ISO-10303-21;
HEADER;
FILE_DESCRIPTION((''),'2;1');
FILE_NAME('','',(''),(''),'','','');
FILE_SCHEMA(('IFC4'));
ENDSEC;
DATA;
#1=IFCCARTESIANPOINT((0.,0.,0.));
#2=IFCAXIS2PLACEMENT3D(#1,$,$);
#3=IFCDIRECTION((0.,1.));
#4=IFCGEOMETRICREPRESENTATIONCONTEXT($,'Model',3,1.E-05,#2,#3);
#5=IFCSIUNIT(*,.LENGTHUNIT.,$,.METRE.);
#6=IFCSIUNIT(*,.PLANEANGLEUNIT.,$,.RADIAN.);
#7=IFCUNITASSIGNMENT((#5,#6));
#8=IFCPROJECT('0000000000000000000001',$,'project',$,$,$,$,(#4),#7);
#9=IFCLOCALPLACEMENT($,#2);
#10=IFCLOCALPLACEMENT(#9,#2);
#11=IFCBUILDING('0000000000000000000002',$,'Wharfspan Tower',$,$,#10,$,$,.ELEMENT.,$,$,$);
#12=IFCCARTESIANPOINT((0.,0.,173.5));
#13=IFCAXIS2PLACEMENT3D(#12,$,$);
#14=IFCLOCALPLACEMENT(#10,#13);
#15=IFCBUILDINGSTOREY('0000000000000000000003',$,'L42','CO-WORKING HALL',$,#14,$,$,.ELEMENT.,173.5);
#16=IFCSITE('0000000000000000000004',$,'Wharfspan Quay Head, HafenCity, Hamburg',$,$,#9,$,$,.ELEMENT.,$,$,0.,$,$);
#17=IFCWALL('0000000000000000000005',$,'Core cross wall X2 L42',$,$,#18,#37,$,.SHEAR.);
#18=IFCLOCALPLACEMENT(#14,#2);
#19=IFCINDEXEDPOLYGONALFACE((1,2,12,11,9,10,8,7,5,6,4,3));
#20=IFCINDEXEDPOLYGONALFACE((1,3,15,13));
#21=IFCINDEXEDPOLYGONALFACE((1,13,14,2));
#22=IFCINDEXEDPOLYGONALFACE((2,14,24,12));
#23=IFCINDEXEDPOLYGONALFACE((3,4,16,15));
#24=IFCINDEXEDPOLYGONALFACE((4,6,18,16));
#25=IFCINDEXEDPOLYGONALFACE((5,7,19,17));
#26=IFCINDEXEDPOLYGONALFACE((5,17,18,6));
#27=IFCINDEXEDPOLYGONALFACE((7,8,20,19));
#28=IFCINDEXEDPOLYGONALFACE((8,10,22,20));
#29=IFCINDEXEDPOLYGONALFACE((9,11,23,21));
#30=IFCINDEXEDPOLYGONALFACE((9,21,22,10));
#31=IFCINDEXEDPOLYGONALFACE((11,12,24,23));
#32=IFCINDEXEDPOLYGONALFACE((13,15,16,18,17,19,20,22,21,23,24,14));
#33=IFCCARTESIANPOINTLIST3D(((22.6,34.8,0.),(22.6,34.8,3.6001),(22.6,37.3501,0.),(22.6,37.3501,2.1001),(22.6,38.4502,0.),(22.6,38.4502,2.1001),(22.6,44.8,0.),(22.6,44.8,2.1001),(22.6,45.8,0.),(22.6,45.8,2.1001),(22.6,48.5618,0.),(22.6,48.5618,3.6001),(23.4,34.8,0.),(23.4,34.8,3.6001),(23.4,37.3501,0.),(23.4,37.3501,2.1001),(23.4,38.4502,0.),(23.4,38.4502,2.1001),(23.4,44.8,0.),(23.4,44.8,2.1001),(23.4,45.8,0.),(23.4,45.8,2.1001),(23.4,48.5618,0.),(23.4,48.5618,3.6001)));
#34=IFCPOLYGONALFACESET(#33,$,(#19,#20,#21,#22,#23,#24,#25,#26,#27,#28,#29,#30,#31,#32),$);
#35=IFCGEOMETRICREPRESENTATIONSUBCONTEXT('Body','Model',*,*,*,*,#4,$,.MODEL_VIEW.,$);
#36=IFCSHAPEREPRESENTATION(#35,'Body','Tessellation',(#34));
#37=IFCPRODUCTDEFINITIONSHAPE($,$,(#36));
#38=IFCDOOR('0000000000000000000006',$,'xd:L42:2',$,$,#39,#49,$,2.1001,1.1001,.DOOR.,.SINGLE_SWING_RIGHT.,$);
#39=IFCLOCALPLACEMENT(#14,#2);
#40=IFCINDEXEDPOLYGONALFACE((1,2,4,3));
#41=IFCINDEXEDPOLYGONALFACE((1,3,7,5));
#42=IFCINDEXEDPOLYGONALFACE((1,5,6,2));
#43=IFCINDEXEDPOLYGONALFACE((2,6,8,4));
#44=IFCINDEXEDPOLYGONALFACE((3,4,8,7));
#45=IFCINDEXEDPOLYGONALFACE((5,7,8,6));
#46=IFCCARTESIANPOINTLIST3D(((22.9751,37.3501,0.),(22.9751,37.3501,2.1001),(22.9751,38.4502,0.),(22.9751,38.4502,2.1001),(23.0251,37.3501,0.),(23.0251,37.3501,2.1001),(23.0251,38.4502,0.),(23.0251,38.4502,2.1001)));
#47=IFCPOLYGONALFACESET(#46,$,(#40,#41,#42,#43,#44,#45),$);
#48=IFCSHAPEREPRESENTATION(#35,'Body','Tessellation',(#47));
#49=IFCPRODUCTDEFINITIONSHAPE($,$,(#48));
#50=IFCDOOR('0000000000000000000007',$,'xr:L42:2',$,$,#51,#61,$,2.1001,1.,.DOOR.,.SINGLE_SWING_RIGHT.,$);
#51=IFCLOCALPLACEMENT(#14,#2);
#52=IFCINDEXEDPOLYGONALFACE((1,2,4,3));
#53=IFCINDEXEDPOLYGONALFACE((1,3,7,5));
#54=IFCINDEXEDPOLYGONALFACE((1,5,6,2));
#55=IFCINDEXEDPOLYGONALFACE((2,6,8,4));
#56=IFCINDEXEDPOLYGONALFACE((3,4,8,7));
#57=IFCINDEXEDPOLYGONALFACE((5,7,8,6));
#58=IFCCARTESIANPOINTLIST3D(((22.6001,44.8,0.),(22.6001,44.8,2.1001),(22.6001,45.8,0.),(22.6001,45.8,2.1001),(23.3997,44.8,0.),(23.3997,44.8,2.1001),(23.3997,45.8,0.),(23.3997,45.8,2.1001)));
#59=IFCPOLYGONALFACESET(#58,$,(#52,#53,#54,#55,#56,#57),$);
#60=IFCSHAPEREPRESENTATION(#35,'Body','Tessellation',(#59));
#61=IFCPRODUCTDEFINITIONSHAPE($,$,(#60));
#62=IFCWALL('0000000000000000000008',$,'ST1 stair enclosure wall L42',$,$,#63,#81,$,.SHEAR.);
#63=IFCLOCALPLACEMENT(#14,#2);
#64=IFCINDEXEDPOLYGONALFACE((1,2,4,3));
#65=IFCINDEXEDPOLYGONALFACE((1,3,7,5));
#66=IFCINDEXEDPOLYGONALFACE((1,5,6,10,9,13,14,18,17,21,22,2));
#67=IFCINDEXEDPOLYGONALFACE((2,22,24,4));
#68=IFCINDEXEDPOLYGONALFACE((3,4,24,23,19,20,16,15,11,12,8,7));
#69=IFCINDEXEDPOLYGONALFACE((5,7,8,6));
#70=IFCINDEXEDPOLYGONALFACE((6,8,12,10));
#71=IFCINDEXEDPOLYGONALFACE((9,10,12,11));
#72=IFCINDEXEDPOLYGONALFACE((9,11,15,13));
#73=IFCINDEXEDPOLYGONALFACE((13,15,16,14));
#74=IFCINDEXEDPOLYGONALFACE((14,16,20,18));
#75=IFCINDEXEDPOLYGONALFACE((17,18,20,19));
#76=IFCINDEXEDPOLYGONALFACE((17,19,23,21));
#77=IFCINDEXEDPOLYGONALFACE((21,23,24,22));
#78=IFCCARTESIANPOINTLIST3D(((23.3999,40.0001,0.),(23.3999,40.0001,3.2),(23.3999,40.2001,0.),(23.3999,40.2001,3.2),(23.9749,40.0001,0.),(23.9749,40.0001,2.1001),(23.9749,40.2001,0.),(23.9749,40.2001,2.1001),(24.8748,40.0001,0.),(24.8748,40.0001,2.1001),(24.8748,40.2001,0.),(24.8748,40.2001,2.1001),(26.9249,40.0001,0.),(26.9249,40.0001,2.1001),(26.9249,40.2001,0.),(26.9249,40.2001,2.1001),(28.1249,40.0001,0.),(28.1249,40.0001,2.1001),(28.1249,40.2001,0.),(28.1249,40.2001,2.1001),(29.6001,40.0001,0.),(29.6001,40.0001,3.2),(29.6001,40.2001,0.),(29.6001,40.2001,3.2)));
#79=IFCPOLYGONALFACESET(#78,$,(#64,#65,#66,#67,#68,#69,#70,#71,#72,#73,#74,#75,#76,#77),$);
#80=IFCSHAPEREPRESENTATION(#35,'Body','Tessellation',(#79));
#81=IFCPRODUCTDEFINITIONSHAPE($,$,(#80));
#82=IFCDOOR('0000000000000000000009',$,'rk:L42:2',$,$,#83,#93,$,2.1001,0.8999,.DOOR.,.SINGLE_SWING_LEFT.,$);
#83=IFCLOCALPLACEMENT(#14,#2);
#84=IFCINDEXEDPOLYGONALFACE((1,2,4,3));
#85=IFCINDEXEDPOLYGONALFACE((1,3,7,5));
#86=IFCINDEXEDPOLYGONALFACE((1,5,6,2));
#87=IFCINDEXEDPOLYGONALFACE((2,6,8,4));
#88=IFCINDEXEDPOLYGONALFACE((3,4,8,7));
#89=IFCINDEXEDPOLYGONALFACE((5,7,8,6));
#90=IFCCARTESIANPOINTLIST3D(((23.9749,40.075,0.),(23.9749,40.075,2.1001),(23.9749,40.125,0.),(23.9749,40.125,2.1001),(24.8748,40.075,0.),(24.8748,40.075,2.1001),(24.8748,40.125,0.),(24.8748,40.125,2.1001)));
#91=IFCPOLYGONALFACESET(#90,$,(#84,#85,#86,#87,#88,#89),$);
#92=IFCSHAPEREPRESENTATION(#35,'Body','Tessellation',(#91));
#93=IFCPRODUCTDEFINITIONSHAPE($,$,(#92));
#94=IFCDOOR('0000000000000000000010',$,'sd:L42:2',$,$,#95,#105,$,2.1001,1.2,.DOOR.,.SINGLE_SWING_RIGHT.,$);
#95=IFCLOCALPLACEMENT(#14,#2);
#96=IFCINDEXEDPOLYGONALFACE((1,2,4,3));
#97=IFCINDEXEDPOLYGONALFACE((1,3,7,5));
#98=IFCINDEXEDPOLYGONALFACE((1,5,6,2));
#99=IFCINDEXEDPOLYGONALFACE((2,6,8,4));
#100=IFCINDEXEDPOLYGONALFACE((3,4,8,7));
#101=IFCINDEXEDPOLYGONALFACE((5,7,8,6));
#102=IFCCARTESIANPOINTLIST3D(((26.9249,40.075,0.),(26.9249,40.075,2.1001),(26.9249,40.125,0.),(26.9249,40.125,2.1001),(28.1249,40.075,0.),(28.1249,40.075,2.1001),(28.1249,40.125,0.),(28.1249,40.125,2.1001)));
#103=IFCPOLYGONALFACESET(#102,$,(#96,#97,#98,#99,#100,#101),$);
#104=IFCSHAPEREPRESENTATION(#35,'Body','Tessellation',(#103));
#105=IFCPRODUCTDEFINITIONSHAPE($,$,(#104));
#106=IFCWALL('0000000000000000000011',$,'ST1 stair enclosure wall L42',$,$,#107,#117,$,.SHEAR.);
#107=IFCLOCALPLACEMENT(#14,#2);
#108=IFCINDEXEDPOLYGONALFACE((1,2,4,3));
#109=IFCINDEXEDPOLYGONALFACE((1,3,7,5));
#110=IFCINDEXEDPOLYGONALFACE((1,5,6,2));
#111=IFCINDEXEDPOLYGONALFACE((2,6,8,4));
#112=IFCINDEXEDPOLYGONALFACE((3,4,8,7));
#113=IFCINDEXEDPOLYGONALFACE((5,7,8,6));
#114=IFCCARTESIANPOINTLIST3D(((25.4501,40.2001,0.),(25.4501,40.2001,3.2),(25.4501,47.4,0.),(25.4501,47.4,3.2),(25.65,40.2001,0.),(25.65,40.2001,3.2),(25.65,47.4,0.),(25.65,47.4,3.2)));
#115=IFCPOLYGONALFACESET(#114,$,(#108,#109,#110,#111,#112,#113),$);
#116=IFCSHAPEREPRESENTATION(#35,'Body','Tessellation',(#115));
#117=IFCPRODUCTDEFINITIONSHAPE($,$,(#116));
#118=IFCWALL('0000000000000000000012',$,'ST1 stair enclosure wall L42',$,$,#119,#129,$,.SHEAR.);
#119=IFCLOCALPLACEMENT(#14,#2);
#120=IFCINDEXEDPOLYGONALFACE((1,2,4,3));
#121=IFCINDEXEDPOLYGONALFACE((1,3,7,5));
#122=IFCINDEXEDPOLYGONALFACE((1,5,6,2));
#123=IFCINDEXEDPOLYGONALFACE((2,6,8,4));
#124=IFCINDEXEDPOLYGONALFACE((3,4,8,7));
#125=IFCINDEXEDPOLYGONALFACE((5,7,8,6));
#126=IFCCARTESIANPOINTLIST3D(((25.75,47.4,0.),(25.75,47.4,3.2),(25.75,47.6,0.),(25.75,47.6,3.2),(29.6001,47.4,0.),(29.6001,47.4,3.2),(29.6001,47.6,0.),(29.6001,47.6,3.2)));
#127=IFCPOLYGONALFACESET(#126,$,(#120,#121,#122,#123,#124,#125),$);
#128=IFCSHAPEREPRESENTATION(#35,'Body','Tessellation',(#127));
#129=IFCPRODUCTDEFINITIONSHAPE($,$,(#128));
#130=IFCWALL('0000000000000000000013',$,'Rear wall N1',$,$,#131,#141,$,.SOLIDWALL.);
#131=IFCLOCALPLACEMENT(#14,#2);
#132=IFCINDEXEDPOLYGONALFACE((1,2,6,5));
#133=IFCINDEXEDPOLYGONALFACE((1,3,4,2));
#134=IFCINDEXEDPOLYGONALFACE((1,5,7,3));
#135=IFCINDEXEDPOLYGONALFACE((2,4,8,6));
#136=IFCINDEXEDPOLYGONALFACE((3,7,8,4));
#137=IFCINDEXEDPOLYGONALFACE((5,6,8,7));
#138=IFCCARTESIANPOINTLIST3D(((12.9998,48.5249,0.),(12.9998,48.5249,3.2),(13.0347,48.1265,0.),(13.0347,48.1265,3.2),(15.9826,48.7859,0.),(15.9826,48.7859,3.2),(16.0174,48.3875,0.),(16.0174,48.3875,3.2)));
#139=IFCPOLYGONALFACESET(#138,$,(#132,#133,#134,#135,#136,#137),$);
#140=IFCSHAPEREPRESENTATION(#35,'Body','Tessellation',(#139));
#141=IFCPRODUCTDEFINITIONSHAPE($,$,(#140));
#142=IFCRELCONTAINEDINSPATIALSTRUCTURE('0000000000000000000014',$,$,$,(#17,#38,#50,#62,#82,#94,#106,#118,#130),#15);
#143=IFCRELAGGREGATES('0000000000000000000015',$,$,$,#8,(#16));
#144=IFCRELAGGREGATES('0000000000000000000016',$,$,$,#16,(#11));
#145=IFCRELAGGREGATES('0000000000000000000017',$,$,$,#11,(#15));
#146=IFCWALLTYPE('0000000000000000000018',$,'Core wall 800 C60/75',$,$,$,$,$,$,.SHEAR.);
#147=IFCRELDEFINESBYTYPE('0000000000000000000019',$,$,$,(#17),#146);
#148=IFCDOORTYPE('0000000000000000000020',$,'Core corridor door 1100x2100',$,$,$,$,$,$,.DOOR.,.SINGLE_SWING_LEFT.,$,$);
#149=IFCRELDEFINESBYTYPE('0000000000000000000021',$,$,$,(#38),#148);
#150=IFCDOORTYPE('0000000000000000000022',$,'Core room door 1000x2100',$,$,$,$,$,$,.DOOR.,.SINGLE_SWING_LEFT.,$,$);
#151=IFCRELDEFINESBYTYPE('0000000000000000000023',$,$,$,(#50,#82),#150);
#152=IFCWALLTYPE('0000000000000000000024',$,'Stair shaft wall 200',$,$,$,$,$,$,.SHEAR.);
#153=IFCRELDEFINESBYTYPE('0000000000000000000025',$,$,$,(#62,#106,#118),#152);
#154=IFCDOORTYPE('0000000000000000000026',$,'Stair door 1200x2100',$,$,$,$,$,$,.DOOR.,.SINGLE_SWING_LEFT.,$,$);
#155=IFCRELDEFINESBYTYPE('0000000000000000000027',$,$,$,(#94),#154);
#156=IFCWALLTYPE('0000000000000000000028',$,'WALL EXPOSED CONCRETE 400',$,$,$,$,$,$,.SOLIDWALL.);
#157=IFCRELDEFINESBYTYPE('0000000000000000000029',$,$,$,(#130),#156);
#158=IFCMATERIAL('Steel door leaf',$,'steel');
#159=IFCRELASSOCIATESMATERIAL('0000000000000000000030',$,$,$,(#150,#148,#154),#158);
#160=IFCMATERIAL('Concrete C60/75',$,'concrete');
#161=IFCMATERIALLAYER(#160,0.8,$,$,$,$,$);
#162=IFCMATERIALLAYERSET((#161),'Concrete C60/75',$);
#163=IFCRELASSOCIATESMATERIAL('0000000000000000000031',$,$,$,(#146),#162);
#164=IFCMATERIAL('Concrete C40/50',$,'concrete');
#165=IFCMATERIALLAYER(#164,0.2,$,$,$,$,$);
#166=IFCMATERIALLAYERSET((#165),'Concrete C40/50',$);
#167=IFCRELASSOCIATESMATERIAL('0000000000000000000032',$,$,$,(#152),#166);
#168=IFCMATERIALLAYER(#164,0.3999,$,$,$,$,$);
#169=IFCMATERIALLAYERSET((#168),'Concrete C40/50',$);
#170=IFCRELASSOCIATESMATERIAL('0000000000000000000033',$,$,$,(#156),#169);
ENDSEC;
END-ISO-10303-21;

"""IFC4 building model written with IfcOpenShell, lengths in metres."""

from ifc_helpers import new_model, si_unit, direction, frame, frame_2d, origin, place, context, subcontext, project, spatial, rectangle, extrude, material, layer, layer_set, type_object, element, fill, save


model = new_model("IFC4")

# Units and contexts
model_context = context("Model", 3, precision=1e-05, world=origin(), true_north=direction((0.0, 1.0)))
body_context = subcontext(model_context, "Body", "Model", "MODEL_VIEW")
ifc_project = project(units=[si_unit("LENGTHUNIT", "METRE"), si_unit("PLANEANGLEUNIT", "RADIAN")], contexts=[model_context])

# Site, building, storey
site_placement = place(None, origin())
site = spatial("IfcSite", under=ifc_project, at=site_placement, Name="Wharfspan Quay Head, HafenCity, Hamburg", CompositionType="ELEMENT", RefElevation=0.0)
building_placement = place(site_placement, origin())
building = spatial("IfcBuilding", under=site, at=building_placement, Name="Wharfspan Tower", CompositionType="ELEMENT")
storey_placement = place(building_placement, frame((0.0, 0.0, 173.5)))
storey = spatial("IfcBuildingStorey", under=building, at=storey_placement, Name="L42", Description="CO-WORKING HALL", CompositionType="ELEMENT", Elevation=173.5)

# Shared definitions
ifc_material_1 = material(Name="Steel door leaf", Category="steel")
door_type_1 = type_object("IfcDoorType", Name="Core room door 1000x2100", OperationType="SINGLE_SWING_LEFT", PredefinedType="DOOR", material=ifc_material_1)

# Shared definitions
ifc_material_2 = material(Name="Concrete C60/75", Category="concrete")
ifc_layer_1 = layer(ifc_material_2, 0.8)
ifc_layer_set_1 = layer_set([ifc_layer_1], Name="Concrete C60/75")
wall_type_1 = type_object("IfcWallType", Name="Core wall 800 C60/75", PredefinedType="SHEAR", material=ifc_layer_set_1)

# Walls, openings, doors
wall_1_placement = place(storey_placement, frame((23.0, 34.8, 0.0), z_axis=(0.0, 0.0, 1.0), x_axis=(0.0, 1.0, 0.0)))
wall_1 = element("IfcWall", 1, at=wall_1_placement, inside=storey, type_object=wall_type_1, Name="Core cross wall X2 L42", PredefinedType="SHEAR", context=body_context, shape_type="SweptSolid", body=[
    extrude(rectangle(XDim=13.7617, YDim=0.8, at=frame_2d((6.8809, 0.0))), origin(), (0.0, 0.0, 1.0), 3.6001),
])
opening_1_placement = place(wall_1_placement, frame((2.55, 0.0, 0.0)))
opening_1 = element("IfcOpeningElement", 2, at=opening_1_placement, cuts=wall_1, PredefinedType="OPENING", context=body_context, shape_type="SweptSolid", body=[
    extrude(rectangle(XDim=1.1001, YDim=2.1001, at=frame_2d((0.55, 1.05))), frame((0.0, 0.4099, 0.0), z_axis=(0.0, -1.0, 0.0), x_axis=(1.0, 0.0, 0.0)), (0.0, 0.0, 1.0), 0.8201),
])
opening_2_placement = place(wall_1_placement, frame((10.0, 0.0, 0.0)))
opening_2 = element("IfcOpeningElement", 3, at=opening_2_placement, cuts=wall_1, PredefinedType="OPENING", context=body_context, shape_type="SweptSolid", body=[
    extrude(rectangle(XDim=1.0, YDim=2.1001, at=frame_2d((0.5, 1.05))), frame((0.0, 0.4099, 0.0), z_axis=(0.0, -1.0, 0.0), x_axis=(1.0, 0.0, 0.0)), (0.0, 0.0, 1.0), 0.8201),
])
door_type_2 = type_object("IfcDoorType", Name="Core corridor door 1100x2100", OperationType="SINGLE_SWING_LEFT", PredefinedType="DOOR", material=ifc_material_1)
door_1_placement = place(opening_1_placement, origin())
door_1 = element("IfcDoor", 4, at=door_1_placement, inside=storey, type_object=door_type_2, Name="xd:L42:2", OperationType="SINGLE_SWING_RIGHT", OverallHeight=2.1001, OverallWidth=1.1001, PredefinedType="DOOR", context=body_context, shape_type="SweptSolid", body=[
    extrude(rectangle(XDim=1.1001, YDim=2.1001, at=frame_2d((0.55, 1.05))), frame((0.0, 0.0249, 0.0), z_axis=(0.0, -1.0, 0.0), x_axis=(1.0, 0.0, 0.0)), (0.0, 0.0, 1.0), 0.05),
])
fill(opening_1, door_1)
door_2_placement = place(opening_2_placement, origin())
door_2 = element("IfcDoor", 5, at=door_2_placement, inside=storey, type_object=door_type_1, Name="xr:L42:2", OperationType="SINGLE_SWING_RIGHT", OverallHeight=2.1001, OverallWidth=1.0, PredefinedType="DOOR", context=body_context, shape_type="SweptSolid", body=[
    extrude(rectangle(XDim=1.0, YDim=2.1001, at=frame_2d((0.5, 1.05))), frame((0.0, 0.3999, 0.0), z_axis=(0.0, -1.0, 0.0), x_axis=(1.0, 0.0, 0.0)), (0.0, 0.0, 1.0), 0.7996),
])
fill(opening_2, door_2)
ifc_material_3 = material(Name="Concrete C40/50", Category="concrete")
ifc_layer_2 = layer(ifc_material_3, 0.2)
ifc_layer_set_2 = layer_set([ifc_layer_2], Name="Concrete C40/50")
wall_type_2 = type_object("IfcWallType", Name="Stair shaft wall 200", PredefinedType="SHEAR", material=ifc_layer_set_2)
wall_2_placement = place(storey_placement, frame((23.3999, 40.1001, 0.0), z_axis=(0.0, 0.0, 1.0), x_axis=(1.0, 0.0, 0.0)))
wall_2 = element("IfcWall", 6, at=wall_2_placement, inside=storey, type_object=wall_type_2, Name="ST1 stair enclosure wall L42", PredefinedType="SHEAR", context=body_context, shape_type="SweptSolid", body=[
    extrude(rectangle(XDim=6.2002, YDim=0.2, at=frame_2d((3.1001, 0.0))), origin(), (0.0, 0.0, 1.0), 3.2),
])
opening_3_placement = place(wall_2_placement, frame((3.5249, 0.0, 0.0)))
opening_3 = element("IfcOpeningElement", 7, at=opening_3_placement, cuts=wall_2, PredefinedType="OPENING", context=body_context, shape_type="SweptSolid", body=[
    extrude(rectangle(XDim=1.2, YDim=2.1001, at=frame_2d((0.6001, 1.05))), frame((0.0, 0.1099, 0.0), z_axis=(0.0, -1.0, 0.0), x_axis=(1.0, 0.0, 0.0)), (0.0, 0.0, 1.0), 0.22),
])
opening_4_placement = place(wall_2_placement, frame((0.575, 0.0, 0.0)))
opening_4 = element("IfcOpeningElement", 8, at=opening_4_placement, cuts=wall_2, PredefinedType="OPENING", context=body_context, shape_type="SweptSolid", body=[
    extrude(rectangle(XDim=0.8999, YDim=2.1001, at=frame_2d((0.45, 1.05))), frame((0.0, 0.1099, 0.0), z_axis=(0.0, -1.0, 0.0), x_axis=(1.0, 0.0, 0.0)), (0.0, 0.0, 1.0), 0.22),
])
door_3_placement = place(opening_4_placement, origin())
door_3 = element("IfcDoor", 9, at=door_3_placement, inside=storey, type_object=door_type_1, Name="rk:L42:2", OperationType="SINGLE_SWING_LEFT", OverallHeight=2.1001, OverallWidth=0.8999, PredefinedType="DOOR", context=body_context, shape_type="SweptSolid", body=[
    extrude(rectangle(XDim=0.8999, YDim=2.1001, at=frame_2d((0.45, 1.05))), frame((0.0, 0.0249, 0.0), z_axis=(0.0, -1.0, 0.0), x_axis=(1.0, 0.0, 0.0)), (0.0, 0.0, 1.0), 0.05),
])
fill(opening_4, door_3)
door_type_3 = type_object("IfcDoorType", Name="Stair door 1200x2100", OperationType="SINGLE_SWING_LEFT", PredefinedType="DOOR", material=ifc_material_1)
door_4_placement = place(opening_3_placement, origin())
door_4 = element("IfcDoor", 10, at=door_4_placement, inside=storey, type_object=door_type_3, Name="sd:L42:2", OperationType="SINGLE_SWING_RIGHT", OverallHeight=2.1001, OverallWidth=1.2, PredefinedType="DOOR", context=body_context, shape_type="SweptSolid", body=[
    extrude(rectangle(XDim=1.2, YDim=2.1001, at=frame_2d((0.6001, 1.05))), frame((0.0, 0.0249, 0.0), z_axis=(0.0, -1.0, 0.0), x_axis=(1.0, 0.0, 0.0)), (0.0, 0.0, 1.0), 0.05),
])
fill(opening_3, door_4)

# Walls
wall_3_placement = place(storey_placement, frame((25.55, 40.2, 0.0), z_axis=(0.0, 0.0, 1.0), x_axis=(0.0, 1.0, 0.0)))
element("IfcWall", 11, at=wall_3_placement, inside=storey, type_object=wall_type_2, Name="ST1 stair enclosure wall L42", PredefinedType="SHEAR", context=body_context, shape_type="SweptSolid", body=[
    extrude(rectangle(XDim=7.2, YDim=0.2, at=frame_2d((3.6001, 0.0))), origin(), (0.0, 0.0, 1.0), 3.2),
])
wall_4_placement = place(storey_placement, frame((25.75, 47.5, 0.0), z_axis=(0.0, 0.0, 1.0), x_axis=(1.0, 0.0, 0.0)))
element("IfcWall", 12, at=wall_4_placement, inside=storey, type_object=wall_type_2, Name="ST1 stair enclosure wall L42", PredefinedType="SHEAR", context=body_context, shape_type="SweptSolid", body=[
    extrude(rectangle(XDim=3.8501, YDim=0.2, at=frame_2d((1.925, 0.0))), origin(), (0.0, 0.0, 1.0), 3.2),
])
ifc_layer_3 = layer(ifc_material_3, 0.3999)
ifc_layer_set_3 = layer_set([ifc_layer_3], Name="Concrete C40/50")
wall_type_3 = type_object("IfcWallType", Name="WALL EXPOSED CONCRETE 400", PredefinedType="SOLIDWALL", material=ifc_layer_set_3)
wall_5_placement = place(storey_placement, frame((16.0, 48.5867, 0.0), z_axis=(0.0, 0.0, 1.0), x_axis=(-0.996194, -0.087168, 0.0)))
element("IfcWall", 13, at=wall_5_placement, inside=storey, type_object=wall_type_3, Name="Rear wall N1", PredefinedType="SOLIDWALL", context=body_context, shape_type="SweptSolid", body=[
    extrude(rectangle(XDim=2.9941, YDim=0.3999, at=frame_2d((1.4971, 0.0))), origin(), (0.0, 0.0, 1.0), 3.2),
])

save(model, "model.ifc")
